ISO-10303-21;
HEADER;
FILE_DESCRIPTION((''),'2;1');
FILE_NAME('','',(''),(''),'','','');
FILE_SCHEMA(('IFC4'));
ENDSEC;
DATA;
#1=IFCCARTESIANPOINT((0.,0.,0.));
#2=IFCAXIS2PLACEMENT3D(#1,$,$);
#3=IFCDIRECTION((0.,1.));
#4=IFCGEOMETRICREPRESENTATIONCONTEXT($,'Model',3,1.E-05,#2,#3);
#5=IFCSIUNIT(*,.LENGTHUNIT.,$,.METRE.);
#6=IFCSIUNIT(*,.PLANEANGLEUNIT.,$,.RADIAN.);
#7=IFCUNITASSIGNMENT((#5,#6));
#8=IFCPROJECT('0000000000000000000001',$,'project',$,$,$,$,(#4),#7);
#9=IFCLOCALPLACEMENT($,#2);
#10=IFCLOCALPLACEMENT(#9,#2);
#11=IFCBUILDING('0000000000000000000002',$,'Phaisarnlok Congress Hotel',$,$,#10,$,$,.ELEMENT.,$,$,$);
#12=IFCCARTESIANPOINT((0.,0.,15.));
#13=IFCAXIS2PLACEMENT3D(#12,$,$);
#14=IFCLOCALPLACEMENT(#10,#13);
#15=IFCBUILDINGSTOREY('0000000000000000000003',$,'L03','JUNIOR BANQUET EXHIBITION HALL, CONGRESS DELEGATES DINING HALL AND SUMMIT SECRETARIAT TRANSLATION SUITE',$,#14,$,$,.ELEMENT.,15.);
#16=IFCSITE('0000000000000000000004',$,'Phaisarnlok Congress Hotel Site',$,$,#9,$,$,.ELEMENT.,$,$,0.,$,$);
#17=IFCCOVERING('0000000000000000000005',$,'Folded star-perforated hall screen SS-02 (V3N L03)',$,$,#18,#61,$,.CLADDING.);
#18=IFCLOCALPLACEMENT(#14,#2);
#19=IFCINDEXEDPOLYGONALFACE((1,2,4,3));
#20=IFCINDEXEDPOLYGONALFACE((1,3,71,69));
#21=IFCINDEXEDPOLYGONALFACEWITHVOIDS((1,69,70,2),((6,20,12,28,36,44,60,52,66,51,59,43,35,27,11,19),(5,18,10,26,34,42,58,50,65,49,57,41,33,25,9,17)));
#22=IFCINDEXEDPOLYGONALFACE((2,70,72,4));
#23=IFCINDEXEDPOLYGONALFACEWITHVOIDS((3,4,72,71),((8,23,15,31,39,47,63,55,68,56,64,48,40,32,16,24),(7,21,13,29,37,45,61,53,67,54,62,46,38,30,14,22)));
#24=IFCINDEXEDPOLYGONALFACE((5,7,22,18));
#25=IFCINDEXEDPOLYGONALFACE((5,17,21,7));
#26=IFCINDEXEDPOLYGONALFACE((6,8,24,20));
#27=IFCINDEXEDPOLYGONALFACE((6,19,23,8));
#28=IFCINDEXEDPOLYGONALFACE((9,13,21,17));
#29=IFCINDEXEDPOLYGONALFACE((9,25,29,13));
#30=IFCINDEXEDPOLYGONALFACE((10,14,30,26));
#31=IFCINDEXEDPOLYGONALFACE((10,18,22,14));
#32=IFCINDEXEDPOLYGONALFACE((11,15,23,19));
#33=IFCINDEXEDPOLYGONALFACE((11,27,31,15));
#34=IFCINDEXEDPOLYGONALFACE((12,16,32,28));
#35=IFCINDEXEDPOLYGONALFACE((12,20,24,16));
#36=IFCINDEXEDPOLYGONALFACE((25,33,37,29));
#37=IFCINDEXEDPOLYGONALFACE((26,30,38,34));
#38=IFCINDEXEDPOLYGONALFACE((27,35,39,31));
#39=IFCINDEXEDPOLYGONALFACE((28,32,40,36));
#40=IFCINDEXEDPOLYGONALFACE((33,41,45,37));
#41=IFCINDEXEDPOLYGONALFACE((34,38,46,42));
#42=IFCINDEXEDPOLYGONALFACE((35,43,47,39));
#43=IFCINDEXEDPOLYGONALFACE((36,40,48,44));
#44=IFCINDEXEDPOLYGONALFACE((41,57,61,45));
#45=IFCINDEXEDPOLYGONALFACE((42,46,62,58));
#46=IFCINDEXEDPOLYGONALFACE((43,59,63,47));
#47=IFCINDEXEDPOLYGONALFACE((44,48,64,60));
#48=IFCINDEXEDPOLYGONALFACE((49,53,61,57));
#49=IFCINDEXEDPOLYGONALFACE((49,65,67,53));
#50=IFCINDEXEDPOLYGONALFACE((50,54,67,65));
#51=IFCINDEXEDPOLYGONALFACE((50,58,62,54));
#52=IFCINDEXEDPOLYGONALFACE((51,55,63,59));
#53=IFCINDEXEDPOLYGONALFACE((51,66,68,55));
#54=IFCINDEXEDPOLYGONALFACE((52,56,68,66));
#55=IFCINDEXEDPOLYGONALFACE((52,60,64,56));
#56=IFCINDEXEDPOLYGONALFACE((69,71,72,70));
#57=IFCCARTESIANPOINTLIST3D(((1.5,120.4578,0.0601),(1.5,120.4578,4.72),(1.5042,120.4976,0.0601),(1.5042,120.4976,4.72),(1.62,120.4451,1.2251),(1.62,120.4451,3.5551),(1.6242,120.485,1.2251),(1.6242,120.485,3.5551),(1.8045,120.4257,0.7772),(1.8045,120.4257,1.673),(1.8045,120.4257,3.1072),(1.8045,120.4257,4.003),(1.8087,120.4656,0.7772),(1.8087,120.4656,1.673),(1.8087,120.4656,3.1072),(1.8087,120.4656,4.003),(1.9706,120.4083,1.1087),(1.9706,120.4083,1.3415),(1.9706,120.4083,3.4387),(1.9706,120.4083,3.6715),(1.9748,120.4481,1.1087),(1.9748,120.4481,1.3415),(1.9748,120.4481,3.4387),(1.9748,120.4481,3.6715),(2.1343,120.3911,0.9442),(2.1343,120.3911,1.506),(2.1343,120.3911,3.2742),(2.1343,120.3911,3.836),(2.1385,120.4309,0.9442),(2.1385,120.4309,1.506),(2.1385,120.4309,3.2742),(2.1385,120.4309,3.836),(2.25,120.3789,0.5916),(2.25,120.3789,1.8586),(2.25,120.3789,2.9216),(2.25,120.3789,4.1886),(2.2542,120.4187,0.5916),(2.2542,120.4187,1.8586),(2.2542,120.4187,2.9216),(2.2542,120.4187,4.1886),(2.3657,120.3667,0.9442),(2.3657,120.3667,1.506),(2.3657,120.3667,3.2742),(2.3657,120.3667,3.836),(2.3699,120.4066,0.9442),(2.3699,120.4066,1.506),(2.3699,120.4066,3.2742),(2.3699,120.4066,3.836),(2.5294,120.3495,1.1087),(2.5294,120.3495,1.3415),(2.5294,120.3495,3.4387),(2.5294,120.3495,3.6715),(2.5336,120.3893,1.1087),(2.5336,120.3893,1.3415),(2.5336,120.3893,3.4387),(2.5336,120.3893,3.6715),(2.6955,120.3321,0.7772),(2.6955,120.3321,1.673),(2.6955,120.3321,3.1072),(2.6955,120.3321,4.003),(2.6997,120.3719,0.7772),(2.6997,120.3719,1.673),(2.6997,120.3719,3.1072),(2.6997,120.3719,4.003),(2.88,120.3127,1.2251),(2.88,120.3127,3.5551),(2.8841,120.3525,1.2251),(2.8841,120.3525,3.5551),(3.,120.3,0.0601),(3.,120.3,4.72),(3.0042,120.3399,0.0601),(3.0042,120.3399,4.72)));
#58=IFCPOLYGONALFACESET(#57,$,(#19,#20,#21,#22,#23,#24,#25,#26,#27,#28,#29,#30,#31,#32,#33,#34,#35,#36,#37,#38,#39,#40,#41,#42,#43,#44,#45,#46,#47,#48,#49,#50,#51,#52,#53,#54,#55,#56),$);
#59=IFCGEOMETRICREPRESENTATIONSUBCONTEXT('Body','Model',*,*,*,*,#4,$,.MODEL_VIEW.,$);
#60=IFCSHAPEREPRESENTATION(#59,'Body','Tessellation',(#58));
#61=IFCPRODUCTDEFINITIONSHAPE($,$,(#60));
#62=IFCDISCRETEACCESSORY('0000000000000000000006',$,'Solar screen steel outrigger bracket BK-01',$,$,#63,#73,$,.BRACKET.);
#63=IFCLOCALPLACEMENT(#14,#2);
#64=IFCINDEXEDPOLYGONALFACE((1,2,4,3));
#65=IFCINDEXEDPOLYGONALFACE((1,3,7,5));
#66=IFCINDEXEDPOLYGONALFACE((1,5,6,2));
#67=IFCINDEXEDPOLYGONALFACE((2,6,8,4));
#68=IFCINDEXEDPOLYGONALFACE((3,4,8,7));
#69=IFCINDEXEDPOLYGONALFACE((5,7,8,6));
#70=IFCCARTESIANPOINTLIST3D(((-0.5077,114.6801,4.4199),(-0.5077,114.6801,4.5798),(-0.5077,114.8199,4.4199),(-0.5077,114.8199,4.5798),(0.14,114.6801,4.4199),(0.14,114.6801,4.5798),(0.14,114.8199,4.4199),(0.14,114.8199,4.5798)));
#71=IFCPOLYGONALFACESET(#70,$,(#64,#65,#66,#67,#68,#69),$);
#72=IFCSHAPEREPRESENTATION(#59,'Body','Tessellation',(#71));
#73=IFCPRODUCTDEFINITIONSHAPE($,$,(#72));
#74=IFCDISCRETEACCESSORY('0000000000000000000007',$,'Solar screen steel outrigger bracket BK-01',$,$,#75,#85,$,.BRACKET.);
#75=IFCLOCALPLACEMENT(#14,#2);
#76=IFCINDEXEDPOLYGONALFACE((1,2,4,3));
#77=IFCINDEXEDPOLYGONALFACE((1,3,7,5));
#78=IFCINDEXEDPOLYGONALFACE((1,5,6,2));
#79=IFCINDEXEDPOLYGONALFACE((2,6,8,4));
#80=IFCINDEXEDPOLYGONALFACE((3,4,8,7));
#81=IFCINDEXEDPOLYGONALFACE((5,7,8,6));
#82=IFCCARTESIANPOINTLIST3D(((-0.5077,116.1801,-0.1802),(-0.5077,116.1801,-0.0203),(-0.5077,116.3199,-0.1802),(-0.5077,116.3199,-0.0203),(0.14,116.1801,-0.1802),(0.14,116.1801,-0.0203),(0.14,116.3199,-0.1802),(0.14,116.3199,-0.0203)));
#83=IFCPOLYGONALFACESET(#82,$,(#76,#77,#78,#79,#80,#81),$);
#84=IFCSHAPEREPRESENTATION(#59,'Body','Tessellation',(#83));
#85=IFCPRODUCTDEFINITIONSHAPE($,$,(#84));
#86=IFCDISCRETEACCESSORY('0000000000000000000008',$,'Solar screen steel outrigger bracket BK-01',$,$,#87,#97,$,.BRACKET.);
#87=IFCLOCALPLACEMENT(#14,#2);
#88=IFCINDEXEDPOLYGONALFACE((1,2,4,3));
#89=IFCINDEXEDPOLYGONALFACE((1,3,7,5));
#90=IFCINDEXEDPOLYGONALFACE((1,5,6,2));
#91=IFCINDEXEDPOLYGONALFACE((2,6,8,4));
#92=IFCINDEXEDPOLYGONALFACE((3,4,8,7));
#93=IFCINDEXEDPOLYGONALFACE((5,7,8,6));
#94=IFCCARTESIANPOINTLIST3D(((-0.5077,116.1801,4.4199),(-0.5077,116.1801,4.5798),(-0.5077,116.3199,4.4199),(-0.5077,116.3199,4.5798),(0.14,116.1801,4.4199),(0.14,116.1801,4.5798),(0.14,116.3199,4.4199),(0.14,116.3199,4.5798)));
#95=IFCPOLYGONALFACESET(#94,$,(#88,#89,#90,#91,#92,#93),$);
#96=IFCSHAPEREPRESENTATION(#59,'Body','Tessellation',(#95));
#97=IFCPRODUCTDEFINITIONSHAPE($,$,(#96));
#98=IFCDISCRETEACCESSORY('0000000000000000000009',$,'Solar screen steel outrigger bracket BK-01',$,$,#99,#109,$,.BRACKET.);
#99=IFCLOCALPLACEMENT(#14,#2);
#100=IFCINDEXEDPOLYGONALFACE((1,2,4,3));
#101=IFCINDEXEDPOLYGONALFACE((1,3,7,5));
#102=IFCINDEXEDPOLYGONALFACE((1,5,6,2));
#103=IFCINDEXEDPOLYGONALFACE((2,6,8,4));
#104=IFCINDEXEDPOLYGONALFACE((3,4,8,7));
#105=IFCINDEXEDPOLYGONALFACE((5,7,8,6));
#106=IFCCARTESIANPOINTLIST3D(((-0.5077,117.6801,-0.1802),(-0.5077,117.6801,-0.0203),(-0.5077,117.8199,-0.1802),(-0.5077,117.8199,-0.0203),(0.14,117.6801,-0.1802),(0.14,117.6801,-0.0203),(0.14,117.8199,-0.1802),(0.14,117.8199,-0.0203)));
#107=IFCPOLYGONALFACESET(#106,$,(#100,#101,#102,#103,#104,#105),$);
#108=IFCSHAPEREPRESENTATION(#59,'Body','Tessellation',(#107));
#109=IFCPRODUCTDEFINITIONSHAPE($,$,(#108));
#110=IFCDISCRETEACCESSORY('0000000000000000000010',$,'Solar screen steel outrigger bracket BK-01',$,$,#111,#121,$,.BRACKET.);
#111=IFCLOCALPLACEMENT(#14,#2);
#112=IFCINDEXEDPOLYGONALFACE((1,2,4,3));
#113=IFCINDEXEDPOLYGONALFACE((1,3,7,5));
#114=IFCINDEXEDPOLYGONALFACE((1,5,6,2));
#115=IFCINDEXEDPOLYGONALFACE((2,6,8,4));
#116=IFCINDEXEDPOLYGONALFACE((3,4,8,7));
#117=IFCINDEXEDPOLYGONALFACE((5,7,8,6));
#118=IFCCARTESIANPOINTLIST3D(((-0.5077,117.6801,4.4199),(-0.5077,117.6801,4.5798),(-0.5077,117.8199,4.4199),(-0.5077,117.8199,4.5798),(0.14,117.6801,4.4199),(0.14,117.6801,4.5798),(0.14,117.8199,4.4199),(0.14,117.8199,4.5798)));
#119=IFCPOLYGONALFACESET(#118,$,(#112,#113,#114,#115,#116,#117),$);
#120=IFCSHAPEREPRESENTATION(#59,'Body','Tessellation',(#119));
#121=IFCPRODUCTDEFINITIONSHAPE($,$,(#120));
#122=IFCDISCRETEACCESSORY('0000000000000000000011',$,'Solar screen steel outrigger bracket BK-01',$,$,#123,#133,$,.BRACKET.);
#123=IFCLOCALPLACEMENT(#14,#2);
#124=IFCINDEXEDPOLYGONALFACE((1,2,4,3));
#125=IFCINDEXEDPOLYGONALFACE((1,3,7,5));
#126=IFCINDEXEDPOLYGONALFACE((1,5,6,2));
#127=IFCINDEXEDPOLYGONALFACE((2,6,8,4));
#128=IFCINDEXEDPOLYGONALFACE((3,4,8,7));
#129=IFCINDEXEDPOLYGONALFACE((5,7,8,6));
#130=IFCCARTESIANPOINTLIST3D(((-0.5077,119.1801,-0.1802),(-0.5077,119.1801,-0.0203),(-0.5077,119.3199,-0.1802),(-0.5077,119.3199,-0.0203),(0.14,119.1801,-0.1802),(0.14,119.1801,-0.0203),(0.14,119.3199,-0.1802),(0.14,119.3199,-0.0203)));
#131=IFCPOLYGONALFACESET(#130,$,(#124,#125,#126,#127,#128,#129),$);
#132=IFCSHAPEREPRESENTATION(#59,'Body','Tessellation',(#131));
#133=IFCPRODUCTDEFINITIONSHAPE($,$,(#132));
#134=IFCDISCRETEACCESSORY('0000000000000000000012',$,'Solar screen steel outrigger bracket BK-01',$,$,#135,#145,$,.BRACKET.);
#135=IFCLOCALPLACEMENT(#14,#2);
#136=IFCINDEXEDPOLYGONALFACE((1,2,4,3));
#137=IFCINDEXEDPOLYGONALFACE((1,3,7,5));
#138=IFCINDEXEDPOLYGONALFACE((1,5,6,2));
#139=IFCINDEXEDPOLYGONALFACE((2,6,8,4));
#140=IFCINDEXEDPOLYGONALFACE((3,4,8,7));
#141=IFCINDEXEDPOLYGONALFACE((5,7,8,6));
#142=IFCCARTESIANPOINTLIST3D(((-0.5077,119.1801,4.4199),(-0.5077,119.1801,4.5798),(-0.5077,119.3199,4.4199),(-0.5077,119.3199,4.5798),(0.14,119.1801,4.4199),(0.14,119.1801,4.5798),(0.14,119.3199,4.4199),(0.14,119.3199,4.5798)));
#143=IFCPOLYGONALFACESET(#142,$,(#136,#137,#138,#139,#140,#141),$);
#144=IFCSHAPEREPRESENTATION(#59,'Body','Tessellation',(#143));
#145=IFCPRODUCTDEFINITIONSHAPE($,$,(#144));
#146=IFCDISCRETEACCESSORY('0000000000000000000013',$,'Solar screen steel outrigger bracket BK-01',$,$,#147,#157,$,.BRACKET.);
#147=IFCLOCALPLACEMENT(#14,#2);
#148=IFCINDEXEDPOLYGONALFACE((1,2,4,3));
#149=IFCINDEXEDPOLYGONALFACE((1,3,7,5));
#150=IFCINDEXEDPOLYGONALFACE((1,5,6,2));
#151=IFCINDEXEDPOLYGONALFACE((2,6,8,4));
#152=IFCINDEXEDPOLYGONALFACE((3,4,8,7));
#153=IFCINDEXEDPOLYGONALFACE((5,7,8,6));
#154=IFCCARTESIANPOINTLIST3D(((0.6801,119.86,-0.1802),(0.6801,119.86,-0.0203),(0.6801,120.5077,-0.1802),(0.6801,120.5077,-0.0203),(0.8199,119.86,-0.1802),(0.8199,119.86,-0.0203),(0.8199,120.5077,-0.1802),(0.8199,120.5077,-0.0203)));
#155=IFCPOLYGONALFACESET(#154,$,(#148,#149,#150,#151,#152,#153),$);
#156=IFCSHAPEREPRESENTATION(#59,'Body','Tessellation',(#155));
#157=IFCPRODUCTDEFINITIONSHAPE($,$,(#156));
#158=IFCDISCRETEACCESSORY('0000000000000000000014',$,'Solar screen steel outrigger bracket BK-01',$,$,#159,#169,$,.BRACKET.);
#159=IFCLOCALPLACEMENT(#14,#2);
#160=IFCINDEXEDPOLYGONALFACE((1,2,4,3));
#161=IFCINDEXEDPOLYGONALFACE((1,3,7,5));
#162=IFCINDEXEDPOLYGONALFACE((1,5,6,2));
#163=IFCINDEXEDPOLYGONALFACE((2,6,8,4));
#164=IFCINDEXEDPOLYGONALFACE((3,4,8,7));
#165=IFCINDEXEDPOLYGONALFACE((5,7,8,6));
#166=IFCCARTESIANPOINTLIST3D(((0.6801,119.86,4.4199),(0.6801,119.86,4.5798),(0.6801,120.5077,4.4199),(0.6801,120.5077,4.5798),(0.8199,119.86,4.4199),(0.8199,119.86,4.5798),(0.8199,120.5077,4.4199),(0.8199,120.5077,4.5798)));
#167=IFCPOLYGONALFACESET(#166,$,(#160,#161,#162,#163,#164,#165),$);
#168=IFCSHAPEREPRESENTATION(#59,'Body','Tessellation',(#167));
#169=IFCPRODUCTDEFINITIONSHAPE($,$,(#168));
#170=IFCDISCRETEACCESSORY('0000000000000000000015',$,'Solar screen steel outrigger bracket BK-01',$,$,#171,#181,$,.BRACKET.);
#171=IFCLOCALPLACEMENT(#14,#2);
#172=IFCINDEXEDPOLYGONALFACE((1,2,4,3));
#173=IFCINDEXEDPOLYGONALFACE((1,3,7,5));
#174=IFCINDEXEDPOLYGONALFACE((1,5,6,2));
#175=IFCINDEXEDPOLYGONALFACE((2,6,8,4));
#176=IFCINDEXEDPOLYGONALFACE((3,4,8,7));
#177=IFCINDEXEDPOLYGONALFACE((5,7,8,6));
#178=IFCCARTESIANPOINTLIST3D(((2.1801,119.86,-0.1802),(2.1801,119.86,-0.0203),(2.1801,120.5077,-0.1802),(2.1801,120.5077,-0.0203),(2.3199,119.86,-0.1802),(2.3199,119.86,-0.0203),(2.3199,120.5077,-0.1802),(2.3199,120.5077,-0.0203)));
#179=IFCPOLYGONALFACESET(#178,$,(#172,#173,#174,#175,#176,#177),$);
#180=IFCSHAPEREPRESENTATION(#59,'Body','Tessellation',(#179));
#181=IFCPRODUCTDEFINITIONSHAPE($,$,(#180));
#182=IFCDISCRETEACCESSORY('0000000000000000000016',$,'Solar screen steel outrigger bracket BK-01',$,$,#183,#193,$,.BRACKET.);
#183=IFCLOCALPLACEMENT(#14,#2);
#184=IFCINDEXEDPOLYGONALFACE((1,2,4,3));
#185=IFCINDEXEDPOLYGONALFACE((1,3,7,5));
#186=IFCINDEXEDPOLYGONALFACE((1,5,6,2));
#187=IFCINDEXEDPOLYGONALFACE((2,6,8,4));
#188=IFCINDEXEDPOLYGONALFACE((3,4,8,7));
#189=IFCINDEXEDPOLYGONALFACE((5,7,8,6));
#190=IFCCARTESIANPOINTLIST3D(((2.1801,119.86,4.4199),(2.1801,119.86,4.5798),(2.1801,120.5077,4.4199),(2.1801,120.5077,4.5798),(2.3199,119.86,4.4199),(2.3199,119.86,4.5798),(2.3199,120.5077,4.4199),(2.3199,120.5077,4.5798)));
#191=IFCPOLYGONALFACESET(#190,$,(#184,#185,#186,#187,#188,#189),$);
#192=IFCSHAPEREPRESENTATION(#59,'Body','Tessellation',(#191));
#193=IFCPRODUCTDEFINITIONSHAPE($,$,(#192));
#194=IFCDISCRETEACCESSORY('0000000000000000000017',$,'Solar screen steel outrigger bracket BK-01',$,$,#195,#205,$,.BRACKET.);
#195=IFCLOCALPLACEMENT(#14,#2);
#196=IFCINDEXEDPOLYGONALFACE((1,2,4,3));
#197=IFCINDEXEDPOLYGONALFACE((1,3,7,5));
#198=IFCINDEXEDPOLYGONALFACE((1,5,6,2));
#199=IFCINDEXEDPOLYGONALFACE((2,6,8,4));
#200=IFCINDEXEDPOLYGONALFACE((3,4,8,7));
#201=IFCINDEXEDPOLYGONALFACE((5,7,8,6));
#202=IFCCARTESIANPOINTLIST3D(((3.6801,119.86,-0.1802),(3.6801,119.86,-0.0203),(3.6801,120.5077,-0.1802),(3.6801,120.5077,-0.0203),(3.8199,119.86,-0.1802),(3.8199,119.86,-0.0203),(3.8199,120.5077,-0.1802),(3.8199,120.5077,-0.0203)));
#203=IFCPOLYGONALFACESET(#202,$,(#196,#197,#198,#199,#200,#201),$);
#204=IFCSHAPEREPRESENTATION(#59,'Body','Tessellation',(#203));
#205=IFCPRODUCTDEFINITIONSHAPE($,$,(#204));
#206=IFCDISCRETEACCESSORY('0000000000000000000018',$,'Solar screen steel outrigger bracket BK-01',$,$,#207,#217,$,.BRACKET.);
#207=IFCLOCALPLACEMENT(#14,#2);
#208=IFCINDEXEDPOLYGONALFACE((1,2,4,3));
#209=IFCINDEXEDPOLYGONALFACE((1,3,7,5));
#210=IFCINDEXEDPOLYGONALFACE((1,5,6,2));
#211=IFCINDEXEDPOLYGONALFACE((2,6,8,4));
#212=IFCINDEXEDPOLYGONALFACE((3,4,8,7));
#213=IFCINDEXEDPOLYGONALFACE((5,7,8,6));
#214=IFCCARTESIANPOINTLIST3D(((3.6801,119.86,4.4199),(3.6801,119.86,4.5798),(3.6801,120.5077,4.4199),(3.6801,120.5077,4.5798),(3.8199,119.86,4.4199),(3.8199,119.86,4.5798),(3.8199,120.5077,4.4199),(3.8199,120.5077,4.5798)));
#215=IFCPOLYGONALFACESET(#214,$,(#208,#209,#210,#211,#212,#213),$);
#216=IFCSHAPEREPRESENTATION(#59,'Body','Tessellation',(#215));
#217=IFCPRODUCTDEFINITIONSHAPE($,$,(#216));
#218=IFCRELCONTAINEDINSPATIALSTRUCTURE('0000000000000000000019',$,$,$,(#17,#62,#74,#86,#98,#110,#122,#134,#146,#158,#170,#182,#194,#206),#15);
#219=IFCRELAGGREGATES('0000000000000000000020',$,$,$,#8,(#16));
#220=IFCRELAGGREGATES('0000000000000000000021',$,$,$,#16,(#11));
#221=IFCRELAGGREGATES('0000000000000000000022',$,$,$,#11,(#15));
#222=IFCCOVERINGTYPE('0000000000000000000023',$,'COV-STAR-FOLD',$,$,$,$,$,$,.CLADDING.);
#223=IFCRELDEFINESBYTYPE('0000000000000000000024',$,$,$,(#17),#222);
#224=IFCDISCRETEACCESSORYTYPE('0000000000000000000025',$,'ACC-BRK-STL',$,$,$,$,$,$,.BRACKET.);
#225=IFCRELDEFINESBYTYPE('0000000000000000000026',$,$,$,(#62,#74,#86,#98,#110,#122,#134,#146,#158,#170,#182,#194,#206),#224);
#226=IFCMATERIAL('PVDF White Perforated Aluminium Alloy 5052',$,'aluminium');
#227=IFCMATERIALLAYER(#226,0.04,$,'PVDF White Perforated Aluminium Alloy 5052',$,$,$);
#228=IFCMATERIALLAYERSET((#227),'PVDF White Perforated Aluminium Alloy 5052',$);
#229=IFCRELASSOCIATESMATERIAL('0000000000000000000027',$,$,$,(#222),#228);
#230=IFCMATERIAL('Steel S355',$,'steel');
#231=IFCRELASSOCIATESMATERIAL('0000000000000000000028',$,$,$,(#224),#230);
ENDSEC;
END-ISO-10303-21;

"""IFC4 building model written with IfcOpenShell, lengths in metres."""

from ifc_helpers import new_model, si_unit, direction, frame, origin, origin_2d, place, context, subcontext, project, spatial, polyline, rectangle, outline, extrude, material, layer, layer_set, type_object, element, save


model = new_model("IFC4")

# Units and contexts
model_context = context("Model", 3, precision=1e-05, world=origin(), true_north=direction((0.0, 1.0)))
body_context = subcontext(model_context, "Body", "Model", "MODEL_VIEW")
ifc_project = project(units=[si_unit("LENGTHUNIT", "METRE"), si_unit("PLANEANGLEUNIT", "RADIAN")], contexts=[model_context])

# Site, building, storey
site_placement = place(None, origin())
site = spatial("IfcSite", under=ifc_project, at=site_placement, Name="Phaisarnlok Congress Hotel Site", CompositionType="ELEMENT", RefElevation=0.0)
building_placement = place(site_placement, origin())
building = spatial("IfcBuilding", under=site, at=building_placement, Name="Phaisarnlok Congress Hotel", CompositionType="ELEMENT")
storey_placement = place(building_placement, frame((0.0, 0.0, 15.0)))
storey = spatial("IfcBuildingStorey", under=building, at=storey_placement, Name="L03", Description="JUNIOR BANQUET EXHIBITION HALL, CONGRESS DELEGATES DINING HALL AND SUMMIT SECRETARIAT TRANSLATION SUITE", CompositionType="ELEMENT", Elevation=15.0)

# Covering
ifc_material_1 = material(Name="PVDF White Perforated Aluminium Alloy 5052", Category="aluminium")
ifc_layer_1 = layer(ifc_material_1, 0.04, Name="PVDF White Perforated Aluminium Alloy 5052")
ifc_layer_set_1 = layer_set([ifc_layer_1], Name="PVDF White Perforated Aluminium Alloy 5052")
covering_type = type_object("IfcCoveringType", Name="COV-STAR-FOLD", PredefinedType="CLADDING", material=ifc_layer_set_1)
for number, where, z_axis, x_axis, name in (
    (1, (3.0, 120.3, 0.0601), (0.104567, 0.994518, 0.0), (-0.994518, 0.104567, 0.0), "Folded star-perforated hall screen SS-02 (V3N L03)"),
):
    element("IfcCovering", number, at=place(storey_placement, frame(where, z_axis=z_axis, x_axis=x_axis)), inside=storey, type_object=covering_type, Name=name, PredefinedType="CLADDING", context=body_context, shape_type="SweptSolid", body=[
        extrude(outline(polyline([(0.0, 0.0), (1.5083, 0.0), (1.5083, 4.6599), (0.0, 4.6599), (0.0, 0.0)]), holes=[polyline([(1.0351, 1.0486), (1.2021, 0.7171), (0.8705, 0.8841), (0.7541, 0.5315), (0.6378, 0.8841), (0.3062, 0.7171), (0.4732, 1.0486), (0.1207, 1.165), (0.4732, 1.2814), (0.3062, 1.6129), (0.6378, 1.4459), (0.7541, 1.7985), (0.8705, 1.4459), (1.2021, 1.6129), (1.0351, 1.2814), (1.3876, 1.165), (1.0351, 1.0486)]), polyline([(1.0351, 3.3786), (1.2021, 3.0471), (0.8705, 3.2141), (0.7541, 2.8615), (0.6378, 3.2141), (0.3062, 3.0471), (0.4732, 3.3786), (0.1207, 3.495), (0.4732, 3.6114), (0.3062, 3.9429), (0.6378, 3.7759), (0.7541, 4.1285), (0.8705, 3.7759), (1.2021, 3.9429), (1.0351, 3.6114), (1.3876, 3.495), (1.0351, 3.3786)])]), origin(), (0.0, 0.0, 1.0), 0.04),
    ])

# Discrete accessories
ifc_material_2 = material(Name="Steel S355", Category="steel")
discrete_accessory_type = type_object("IfcDiscreteAccessoryType", Name="ACC-BRK-STL", PredefinedType="BRACKET", material=ifc_material_2)
for number, where, z_axis, x_axis, name in (
    (2, (-0.1838, 114.75, 4.4199), (0.0, 0.0, 1.0), (1.0, 0.0, 0.0), "Solar screen steel outrigger bracket BK-01"),
    (3, (-0.1838, 116.25, -0.1802), (0.0, 0.0, 1.0), (1.0, 0.0, 0.0), "Solar screen steel outrigger bracket BK-01"),
    (4, (-0.1838, 116.25, 4.4199), (0.0, 0.0, 1.0), (1.0, 0.0, 0.0), "Solar screen steel outrigger bracket BK-01"),
    (5, (-0.1838, 117.75, -0.1802), (0.0, 0.0, 1.0), (1.0, 0.0, 0.0), "Solar screen steel outrigger bracket BK-01"),
    (6, (-0.1838, 117.75, 4.4199), (0.0, 0.0, 1.0), (1.0, 0.0, 0.0), "Solar screen steel outrigger bracket BK-01"),
    (7, (-0.1838, 119.25, -0.1802), (0.0, 0.0, 1.0), (1.0, 0.0, 0.0), "Solar screen steel outrigger bracket BK-01"),
    (8, (-0.1838, 119.25, 4.4199), (0.0, 0.0, 1.0), (1.0, 0.0, 0.0), "Solar screen steel outrigger bracket BK-01"),
):
    element("IfcDiscreteAccessory", number, at=place(storey_placement, frame(where, z_axis=z_axis, x_axis=x_axis)), inside=storey, type_object=discrete_accessory_type, Name=name, PredefinedType="BRACKET", context=body_context, shape_type="SweptSolid", body=[
        extrude(rectangle(XDim=0.6477, YDim=0.1399, at=origin_2d()), origin(), (0.0, 0.0, 1.0), 0.1599),
    ])
for number, where, z_axis, x_axis, name in (
    (9, (0.75, 120.1838, -0.1802), (0.0, 0.0, 1.0), (1.0, 0.0, 0.0), "Solar screen steel outrigger bracket BK-01"),
    (10, (0.75, 120.1838, 4.4199), (0.0, 0.0, 1.0), (1.0, 0.0, 0.0), "Solar screen steel outrigger bracket BK-01"),
    (11, (2.25, 120.1838, -0.1802), (0.0, 0.0, 1.0), (1.0, 0.0, 0.0), "Solar screen steel outrigger bracket BK-01"),
    (12, (2.25, 120.1838, 4.4199), (0.0, 0.0, 1.0), (1.0, 0.0, 0.0), "Solar screen steel outrigger bracket BK-01"),
    (13, (3.75, 120.1838, -0.1802), (0.0, 0.0, 1.0), (1.0, 0.0, 0.0), "Solar screen steel outrigger bracket BK-01"),
    (14, (3.75, 120.1838, 4.4199), (0.0, 0.0, 1.0), (1.0, 0.0, 0.0), "Solar screen steel outrigger bracket BK-01"),
):
    element("IfcDiscreteAccessory", number, at=place(storey_placement, frame(where, z_axis=z_axis, x_axis=x_axis)), inside=storey, type_object=discrete_accessory_type, Name=name, PredefinedType="BRACKET", context=body_context, shape_type="SweptSolid", body=[
        extrude(rectangle(XDim=0.1399, YDim=0.6477, at=origin_2d()), origin(), (0.0, 0.0, 1.0), 0.1599),
    ])

save(model, "model.ifc")
